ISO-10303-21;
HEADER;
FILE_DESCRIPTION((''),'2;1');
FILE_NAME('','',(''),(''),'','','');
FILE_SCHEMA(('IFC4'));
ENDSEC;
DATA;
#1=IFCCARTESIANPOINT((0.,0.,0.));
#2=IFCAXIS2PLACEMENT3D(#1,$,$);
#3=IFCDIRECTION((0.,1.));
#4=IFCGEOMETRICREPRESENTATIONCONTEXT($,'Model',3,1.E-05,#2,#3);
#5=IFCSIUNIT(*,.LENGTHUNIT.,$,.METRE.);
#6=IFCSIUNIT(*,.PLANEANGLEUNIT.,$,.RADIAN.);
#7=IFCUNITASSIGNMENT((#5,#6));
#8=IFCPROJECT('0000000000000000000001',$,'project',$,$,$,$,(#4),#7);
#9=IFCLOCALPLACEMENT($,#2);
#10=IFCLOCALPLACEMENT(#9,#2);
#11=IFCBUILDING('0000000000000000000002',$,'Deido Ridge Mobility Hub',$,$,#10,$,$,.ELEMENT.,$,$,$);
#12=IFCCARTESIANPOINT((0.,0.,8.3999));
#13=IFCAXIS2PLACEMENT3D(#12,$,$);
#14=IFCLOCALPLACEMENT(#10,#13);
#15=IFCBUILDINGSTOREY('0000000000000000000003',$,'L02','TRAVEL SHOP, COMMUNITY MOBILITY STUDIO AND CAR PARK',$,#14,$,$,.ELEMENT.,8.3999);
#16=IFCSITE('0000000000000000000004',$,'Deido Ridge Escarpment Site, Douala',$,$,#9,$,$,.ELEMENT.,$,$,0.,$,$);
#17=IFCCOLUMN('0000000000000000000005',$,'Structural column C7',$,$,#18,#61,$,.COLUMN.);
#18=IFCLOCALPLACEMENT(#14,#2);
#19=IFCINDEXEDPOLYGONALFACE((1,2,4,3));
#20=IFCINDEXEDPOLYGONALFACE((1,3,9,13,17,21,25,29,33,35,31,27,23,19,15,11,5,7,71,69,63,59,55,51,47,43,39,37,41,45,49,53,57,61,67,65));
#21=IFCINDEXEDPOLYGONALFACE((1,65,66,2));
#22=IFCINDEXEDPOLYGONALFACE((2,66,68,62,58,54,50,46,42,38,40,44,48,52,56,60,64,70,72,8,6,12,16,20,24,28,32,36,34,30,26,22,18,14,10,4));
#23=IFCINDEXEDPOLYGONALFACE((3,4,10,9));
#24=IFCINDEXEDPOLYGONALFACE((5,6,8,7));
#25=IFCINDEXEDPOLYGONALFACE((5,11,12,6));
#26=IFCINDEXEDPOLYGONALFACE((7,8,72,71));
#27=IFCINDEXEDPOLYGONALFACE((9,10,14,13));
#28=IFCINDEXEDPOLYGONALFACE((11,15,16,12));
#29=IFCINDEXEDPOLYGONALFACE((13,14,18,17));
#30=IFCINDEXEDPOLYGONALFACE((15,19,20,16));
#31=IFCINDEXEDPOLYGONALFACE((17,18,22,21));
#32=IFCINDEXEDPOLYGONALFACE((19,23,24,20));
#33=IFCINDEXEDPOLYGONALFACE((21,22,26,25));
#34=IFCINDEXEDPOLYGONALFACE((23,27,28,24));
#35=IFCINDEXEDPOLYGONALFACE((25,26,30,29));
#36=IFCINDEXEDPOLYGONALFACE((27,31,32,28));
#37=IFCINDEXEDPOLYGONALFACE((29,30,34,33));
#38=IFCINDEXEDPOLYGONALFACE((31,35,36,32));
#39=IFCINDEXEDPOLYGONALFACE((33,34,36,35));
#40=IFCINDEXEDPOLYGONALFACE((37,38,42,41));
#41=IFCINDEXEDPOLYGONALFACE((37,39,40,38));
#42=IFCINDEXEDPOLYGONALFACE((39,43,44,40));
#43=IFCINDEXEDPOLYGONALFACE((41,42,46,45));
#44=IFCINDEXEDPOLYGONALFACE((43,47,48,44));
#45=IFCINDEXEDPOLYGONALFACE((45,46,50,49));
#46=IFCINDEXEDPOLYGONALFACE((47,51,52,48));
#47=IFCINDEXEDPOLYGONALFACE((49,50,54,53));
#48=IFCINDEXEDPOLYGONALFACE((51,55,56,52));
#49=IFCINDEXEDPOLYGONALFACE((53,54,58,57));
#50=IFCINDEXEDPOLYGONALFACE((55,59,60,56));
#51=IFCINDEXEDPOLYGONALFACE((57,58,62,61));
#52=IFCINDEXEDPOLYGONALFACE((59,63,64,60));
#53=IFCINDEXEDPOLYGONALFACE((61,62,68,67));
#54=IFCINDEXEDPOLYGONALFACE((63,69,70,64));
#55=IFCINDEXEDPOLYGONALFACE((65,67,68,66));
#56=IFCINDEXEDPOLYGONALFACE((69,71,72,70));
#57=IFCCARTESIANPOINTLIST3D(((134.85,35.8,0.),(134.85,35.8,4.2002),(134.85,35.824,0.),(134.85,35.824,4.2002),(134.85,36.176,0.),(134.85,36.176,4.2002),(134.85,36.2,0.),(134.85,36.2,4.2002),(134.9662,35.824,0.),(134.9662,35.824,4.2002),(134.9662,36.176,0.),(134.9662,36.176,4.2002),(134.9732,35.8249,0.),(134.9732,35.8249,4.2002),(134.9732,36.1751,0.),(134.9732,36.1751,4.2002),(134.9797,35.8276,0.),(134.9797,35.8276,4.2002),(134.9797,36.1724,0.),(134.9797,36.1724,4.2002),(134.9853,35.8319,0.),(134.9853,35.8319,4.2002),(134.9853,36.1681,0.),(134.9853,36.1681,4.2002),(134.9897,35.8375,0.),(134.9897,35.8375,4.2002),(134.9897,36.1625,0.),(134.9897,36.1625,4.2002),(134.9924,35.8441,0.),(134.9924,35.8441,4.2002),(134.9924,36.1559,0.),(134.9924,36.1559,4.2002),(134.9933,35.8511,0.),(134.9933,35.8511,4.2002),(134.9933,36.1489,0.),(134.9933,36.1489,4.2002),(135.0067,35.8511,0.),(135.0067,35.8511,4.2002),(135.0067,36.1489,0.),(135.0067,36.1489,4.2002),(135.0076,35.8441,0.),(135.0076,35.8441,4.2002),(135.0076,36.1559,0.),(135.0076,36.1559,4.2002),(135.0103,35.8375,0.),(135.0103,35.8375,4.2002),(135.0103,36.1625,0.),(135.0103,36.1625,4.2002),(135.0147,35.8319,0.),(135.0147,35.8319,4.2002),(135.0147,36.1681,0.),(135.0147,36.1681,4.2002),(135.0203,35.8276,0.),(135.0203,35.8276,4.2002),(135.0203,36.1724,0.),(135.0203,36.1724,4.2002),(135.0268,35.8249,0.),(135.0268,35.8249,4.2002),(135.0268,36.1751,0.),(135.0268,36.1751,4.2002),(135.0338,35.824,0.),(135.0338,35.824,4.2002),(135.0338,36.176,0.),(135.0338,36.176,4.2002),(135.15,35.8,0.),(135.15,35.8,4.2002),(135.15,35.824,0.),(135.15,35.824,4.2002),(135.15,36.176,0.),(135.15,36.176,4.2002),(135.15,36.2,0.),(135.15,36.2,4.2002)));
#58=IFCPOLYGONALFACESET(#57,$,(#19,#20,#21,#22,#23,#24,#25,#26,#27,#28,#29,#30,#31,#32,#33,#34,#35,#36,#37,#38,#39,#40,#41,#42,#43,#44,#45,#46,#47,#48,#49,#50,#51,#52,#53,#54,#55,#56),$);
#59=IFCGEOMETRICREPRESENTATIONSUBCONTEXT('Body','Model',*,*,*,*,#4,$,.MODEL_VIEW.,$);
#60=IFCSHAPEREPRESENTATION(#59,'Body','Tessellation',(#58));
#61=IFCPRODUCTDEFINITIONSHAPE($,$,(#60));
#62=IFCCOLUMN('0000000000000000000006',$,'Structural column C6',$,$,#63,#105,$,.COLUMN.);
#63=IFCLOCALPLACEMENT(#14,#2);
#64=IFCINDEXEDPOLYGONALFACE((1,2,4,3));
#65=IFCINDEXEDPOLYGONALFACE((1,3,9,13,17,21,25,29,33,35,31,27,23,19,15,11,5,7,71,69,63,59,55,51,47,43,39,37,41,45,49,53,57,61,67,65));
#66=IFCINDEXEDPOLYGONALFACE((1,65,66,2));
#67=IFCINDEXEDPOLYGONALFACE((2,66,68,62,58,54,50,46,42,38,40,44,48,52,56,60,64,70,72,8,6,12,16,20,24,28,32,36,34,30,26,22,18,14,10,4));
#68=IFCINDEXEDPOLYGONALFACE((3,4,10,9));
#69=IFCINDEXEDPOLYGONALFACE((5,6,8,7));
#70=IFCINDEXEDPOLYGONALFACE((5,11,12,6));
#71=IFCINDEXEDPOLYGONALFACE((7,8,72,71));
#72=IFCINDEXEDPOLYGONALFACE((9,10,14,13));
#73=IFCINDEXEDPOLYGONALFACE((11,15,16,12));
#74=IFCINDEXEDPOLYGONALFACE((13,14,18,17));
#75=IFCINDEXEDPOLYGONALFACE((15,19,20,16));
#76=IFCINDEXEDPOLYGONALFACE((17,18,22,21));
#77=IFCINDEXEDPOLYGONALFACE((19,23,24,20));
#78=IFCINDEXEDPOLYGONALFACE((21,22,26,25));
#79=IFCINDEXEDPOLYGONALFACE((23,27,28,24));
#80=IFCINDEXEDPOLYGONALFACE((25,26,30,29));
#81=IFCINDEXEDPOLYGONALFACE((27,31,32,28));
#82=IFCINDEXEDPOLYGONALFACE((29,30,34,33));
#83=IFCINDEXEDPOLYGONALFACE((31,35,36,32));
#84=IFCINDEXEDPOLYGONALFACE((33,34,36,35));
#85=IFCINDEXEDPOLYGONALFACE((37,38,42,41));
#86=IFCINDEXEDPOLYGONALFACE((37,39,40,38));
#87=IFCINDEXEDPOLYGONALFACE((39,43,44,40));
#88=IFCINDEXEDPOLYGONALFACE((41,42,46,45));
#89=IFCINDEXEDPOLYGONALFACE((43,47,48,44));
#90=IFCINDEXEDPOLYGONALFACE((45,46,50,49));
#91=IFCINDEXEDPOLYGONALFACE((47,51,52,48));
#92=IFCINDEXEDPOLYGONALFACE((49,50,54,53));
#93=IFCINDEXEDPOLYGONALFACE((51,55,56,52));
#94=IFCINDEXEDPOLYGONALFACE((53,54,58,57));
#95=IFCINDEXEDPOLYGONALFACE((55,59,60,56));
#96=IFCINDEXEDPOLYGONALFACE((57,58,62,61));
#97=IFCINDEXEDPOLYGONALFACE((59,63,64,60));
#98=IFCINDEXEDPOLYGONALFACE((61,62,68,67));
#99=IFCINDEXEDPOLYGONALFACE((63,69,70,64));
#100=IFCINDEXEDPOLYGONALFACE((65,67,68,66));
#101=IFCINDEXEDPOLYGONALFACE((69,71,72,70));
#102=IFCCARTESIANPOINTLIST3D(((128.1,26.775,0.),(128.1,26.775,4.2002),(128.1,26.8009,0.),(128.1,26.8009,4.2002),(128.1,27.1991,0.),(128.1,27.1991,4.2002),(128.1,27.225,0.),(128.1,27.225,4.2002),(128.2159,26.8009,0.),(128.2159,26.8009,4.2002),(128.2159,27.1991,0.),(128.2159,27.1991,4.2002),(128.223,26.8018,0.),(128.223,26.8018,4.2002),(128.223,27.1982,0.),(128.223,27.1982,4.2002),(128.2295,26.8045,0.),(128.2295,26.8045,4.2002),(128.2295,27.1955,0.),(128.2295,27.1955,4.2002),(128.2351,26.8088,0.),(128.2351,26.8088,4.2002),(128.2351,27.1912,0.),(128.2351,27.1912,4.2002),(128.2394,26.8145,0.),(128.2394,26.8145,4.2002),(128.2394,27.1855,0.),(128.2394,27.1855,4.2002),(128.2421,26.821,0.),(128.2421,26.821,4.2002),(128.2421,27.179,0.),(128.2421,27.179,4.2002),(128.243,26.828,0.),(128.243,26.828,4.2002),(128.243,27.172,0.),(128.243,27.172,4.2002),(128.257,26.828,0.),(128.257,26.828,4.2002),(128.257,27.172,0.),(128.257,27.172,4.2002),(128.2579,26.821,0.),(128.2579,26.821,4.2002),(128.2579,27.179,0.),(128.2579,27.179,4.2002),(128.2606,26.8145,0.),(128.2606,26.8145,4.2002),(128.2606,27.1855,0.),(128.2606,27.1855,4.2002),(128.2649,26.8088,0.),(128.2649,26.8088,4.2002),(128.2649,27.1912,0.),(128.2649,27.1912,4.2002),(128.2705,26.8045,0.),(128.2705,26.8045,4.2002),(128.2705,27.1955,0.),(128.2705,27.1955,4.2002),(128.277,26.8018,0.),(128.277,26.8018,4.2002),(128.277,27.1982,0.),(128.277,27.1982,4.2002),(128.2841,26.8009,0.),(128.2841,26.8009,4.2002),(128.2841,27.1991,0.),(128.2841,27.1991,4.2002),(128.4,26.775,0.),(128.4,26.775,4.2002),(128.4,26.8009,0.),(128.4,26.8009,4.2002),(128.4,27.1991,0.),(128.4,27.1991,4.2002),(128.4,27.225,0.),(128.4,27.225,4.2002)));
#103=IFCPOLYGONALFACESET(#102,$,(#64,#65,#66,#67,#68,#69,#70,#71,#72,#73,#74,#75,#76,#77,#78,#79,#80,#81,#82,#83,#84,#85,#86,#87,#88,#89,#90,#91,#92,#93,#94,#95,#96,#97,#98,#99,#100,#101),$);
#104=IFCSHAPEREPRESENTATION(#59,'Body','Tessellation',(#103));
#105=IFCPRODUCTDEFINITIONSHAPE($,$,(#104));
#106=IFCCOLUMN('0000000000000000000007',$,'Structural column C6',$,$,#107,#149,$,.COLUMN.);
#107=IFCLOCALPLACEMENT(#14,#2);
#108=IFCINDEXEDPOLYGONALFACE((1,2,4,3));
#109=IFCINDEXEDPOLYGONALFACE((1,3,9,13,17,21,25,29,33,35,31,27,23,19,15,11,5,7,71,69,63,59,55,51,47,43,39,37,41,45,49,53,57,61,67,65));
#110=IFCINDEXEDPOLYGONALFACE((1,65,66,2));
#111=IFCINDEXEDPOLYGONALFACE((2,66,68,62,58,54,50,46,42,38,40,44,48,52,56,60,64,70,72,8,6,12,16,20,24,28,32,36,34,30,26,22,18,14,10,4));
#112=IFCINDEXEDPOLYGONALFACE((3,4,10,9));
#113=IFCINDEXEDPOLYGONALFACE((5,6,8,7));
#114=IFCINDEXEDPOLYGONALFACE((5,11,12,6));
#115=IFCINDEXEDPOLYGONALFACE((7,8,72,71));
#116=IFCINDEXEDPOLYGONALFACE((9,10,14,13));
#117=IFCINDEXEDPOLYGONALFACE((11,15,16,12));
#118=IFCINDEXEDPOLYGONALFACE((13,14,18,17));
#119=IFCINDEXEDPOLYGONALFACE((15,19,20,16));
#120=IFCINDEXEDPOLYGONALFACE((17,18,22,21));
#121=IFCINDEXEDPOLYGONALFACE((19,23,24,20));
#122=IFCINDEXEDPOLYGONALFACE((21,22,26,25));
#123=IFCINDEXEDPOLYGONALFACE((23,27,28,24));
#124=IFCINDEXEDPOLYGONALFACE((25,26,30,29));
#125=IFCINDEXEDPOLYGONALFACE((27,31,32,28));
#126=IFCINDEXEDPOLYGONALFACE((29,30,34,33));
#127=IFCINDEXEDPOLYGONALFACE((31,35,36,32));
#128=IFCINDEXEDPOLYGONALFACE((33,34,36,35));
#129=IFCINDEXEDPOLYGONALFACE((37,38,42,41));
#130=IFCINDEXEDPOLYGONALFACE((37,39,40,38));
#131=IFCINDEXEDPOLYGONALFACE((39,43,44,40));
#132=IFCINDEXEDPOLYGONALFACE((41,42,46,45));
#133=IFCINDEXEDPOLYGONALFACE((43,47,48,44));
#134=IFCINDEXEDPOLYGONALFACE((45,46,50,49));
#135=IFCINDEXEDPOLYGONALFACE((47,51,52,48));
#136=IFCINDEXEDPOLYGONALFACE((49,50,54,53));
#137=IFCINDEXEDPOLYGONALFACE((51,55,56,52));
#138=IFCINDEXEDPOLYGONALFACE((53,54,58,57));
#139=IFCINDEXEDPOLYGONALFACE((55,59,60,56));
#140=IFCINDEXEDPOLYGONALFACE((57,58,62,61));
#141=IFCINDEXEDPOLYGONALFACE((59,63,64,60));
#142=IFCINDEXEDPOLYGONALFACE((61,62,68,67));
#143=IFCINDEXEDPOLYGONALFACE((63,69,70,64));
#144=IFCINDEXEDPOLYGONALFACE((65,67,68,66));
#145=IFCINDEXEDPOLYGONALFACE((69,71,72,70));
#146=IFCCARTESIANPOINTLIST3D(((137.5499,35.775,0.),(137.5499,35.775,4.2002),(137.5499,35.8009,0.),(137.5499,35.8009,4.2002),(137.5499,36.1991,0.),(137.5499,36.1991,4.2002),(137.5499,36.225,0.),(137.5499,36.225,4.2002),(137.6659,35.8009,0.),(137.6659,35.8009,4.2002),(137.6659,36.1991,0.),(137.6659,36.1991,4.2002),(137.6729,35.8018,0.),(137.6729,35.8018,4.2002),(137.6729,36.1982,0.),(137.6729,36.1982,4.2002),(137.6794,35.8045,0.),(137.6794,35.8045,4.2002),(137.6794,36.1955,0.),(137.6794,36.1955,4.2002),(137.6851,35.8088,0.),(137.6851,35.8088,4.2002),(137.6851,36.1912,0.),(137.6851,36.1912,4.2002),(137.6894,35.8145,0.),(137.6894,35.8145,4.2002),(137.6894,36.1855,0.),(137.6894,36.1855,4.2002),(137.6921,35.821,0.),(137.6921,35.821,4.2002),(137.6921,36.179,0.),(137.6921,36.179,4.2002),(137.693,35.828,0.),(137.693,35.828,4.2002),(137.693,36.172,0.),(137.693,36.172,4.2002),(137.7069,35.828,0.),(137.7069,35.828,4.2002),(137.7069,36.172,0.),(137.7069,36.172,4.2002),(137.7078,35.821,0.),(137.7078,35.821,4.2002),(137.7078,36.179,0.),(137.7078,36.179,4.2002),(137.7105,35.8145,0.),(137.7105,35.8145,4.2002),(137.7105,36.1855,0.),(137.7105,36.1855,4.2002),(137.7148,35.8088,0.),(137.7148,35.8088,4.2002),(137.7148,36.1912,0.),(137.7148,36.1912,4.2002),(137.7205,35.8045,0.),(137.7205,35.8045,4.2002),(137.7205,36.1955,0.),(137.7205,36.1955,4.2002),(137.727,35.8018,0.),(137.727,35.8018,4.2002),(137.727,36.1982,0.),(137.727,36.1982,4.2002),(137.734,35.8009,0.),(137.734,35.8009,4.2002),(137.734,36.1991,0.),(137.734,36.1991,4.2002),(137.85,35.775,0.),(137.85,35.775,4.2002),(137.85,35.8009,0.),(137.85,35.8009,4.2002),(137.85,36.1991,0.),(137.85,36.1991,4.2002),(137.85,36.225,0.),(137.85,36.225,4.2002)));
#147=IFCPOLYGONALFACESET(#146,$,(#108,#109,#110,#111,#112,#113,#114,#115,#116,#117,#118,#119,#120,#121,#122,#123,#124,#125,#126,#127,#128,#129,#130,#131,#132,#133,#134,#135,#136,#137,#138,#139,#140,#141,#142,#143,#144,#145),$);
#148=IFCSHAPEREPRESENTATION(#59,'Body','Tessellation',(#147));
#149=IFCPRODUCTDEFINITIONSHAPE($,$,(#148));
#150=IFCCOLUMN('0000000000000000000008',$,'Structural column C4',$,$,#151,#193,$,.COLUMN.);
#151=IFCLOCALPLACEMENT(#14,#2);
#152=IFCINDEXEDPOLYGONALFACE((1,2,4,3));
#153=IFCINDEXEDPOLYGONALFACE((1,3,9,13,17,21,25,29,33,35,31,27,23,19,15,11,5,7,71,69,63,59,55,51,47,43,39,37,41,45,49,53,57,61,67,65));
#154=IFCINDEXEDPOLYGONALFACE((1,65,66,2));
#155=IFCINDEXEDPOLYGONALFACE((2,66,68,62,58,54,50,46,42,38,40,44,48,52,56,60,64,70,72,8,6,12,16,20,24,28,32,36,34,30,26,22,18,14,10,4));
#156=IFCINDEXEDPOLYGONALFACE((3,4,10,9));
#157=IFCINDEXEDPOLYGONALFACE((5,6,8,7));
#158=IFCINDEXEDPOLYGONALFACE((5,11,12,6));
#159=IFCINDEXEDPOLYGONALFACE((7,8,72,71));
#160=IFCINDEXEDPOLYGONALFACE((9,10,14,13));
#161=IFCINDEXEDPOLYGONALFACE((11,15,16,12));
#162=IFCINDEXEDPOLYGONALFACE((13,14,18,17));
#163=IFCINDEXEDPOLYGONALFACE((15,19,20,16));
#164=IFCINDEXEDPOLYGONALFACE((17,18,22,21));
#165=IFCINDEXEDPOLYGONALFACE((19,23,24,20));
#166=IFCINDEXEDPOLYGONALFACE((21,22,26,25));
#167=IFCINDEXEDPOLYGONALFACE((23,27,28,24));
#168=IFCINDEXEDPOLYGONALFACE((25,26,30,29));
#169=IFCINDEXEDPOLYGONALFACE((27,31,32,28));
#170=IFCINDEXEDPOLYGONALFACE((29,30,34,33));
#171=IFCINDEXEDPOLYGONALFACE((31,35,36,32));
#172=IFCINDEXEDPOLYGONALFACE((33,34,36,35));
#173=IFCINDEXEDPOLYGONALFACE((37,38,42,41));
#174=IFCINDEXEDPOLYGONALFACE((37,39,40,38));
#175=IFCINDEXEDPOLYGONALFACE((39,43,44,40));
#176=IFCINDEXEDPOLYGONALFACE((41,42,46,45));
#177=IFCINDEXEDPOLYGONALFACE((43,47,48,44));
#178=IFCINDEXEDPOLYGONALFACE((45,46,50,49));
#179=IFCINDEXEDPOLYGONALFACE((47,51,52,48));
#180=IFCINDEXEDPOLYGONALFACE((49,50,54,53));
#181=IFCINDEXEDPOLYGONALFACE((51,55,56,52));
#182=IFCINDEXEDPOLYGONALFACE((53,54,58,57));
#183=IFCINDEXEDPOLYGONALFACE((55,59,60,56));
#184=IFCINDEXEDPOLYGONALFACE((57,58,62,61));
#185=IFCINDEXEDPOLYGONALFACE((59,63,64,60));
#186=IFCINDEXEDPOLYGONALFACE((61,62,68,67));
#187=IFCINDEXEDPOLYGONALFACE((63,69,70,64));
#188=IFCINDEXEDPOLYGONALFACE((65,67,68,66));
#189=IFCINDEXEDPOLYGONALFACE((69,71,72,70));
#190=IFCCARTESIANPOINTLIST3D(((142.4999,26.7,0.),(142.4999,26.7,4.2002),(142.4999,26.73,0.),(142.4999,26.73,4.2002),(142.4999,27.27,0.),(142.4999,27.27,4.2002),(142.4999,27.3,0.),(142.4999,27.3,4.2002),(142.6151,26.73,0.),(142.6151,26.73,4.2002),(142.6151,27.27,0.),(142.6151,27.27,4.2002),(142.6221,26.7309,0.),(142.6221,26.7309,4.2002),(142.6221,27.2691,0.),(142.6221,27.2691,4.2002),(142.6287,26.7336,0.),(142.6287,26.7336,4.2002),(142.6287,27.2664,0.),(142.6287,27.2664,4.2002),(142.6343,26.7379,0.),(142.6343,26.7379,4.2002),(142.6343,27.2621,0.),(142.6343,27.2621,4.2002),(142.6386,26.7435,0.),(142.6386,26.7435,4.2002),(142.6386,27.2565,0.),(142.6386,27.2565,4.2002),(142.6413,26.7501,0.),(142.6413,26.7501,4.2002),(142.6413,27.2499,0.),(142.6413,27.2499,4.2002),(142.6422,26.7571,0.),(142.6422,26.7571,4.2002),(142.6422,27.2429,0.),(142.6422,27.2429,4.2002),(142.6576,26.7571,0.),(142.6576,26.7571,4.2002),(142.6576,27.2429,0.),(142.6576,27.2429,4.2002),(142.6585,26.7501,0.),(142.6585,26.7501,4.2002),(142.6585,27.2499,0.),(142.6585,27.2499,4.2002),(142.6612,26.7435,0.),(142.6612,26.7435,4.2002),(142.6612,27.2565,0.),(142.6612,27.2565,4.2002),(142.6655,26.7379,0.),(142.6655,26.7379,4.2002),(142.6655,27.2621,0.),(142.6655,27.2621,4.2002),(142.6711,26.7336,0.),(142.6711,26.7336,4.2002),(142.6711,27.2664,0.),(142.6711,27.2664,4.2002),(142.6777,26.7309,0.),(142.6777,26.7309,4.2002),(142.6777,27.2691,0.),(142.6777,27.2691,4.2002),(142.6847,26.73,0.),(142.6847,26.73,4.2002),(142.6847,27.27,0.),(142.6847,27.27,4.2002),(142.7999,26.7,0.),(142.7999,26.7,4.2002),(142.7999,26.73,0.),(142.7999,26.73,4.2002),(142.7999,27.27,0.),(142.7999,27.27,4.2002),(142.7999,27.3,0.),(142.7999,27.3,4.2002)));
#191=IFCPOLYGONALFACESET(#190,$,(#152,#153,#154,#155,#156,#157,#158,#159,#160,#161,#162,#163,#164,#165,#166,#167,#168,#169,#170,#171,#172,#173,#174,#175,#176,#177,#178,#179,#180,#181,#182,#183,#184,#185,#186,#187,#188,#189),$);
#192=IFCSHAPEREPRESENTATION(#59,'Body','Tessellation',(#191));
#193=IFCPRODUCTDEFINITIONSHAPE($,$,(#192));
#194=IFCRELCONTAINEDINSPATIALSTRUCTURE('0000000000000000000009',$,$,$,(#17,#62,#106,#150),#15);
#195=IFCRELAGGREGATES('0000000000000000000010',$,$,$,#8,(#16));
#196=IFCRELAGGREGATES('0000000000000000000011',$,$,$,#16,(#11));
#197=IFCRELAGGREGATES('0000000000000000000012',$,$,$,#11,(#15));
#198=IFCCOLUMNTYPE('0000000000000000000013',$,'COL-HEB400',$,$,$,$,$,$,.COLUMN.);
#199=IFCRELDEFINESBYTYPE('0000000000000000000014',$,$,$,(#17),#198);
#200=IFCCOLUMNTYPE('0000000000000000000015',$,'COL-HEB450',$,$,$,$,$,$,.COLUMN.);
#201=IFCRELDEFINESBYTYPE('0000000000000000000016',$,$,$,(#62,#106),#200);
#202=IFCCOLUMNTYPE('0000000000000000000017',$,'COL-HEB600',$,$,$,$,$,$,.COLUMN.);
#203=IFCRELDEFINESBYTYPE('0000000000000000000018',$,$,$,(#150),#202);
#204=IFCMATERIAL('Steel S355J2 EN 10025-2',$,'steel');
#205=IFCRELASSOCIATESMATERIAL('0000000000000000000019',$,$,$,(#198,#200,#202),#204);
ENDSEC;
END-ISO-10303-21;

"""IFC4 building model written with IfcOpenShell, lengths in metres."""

from ifc_helpers import new_model, si_unit, direction, frame, origin, origin_2d, place, context, subcontext, project, spatial, i_section, extrude, material, material_profile, profile_set, type_object, element, save


model = new_model("IFC4")

# Units and contexts
model_context = context("Model", 3, precision=1e-05, world=origin(), true_north=direction((0.0, 1.0)))
body_context = subcontext(model_context, "Body", "Model", "MODEL_VIEW")
ifc_project = project(units=[si_unit("LENGTHUNIT", "METRE"), si_unit("PLANEANGLEUNIT", "RADIAN")], contexts=[model_context])

# Site, building, storey
site_placement = place(None, origin())
site = spatial("IfcSite", under=ifc_project, at=site_placement, Name="Deido Ridge Escarpment Site, Douala", CompositionType="ELEMENT", RefElevation=0.0)
building_placement = place(site_placement, origin())
building = spatial("IfcBuilding", under=site, at=building_placement, Name="Deido Ridge Mobility Hub", CompositionType="ELEMENT")
storey_placement = place(building_placement, frame((0.0, 0.0, 8.3999)))
storey = spatial("IfcBuildingStorey", under=building, at=storey_placement, Name="L02", Description="TRAVEL SHOP, COMMUNITY MOBILITY STUDIO AND CAR PARK", CompositionType="ELEMENT", Elevation=8.3999)

# Columns
ifc_material_1 = material(Name="Steel S355J2 EN 10025-2", Category="steel")
ifc_material_profile_1 = material_profile(ifc_material_1, i_section(OverallWidth=0.3, OverallDepth=0.3999, WebThickness=0.0134, FlangeThickness=0.0239, FilletRadius=0.0271, at=origin_2d()), Name="HEB 400")
ifc_profile_set_1 = profile_set([ifc_material_profile_1], Name="Steel S355J2 EN 10025-2")
column_type_1 = type_object("IfcColumnType", Name="COL-HEB400", PredefinedType="COLUMN", material=ifc_profile_set_1)
for number, where, z_axis, x_axis, name in (
    (1, (135.0, 36.0, 0.0), (0.0, 0.0, 1.0), (1.0, 0.0, 0.0), "Structural column C7"),
):
    element("IfcColumn", number, at=place(storey_placement, frame(where, z_axis=z_axis, x_axis=x_axis)), inside=storey, type_object=column_type_1, Name=name, PredefinedType="COLUMN", context=body_context, shape_type="SweptSolid", body=[
        extrude(i_section(OverallWidth=0.3, OverallDepth=0.3999, WebThickness=0.0134, FlangeThickness=0.0239, FilletRadius=0.0271, at=origin_2d()), origin(), (0.0, 0.0, 1.0), 4.2002),
    ])
ifc_material_profile_2 = material_profile(ifc_material_1, i_section(OverallWidth=0.3, OverallDepth=0.45, WebThickness=0.0139, FlangeThickness=0.0259, FilletRadius=0.0271, at=origin_2d()), Name="HEB 450")
ifc_profile_set_2 = profile_set([ifc_material_profile_2], Name="Steel S355J2 EN 10025-2")
column_type_2 = type_object("IfcColumnType", Name="COL-HEB450", PredefinedType="COLUMN", material=ifc_profile_set_2)
for number, where, z_axis, x_axis, name in (
    (2, (128.25, 27.0, 0.0), (0.0, 0.0, 1.0), (1.0, 0.0, 0.0), "Structural column C6"),
    (3, (137.7, 36.0, 0.0), (0.0, 0.0, 1.0), (1.0, 0.0, 0.0), "Structural column C6"),
):
    element("IfcColumn", number, at=place(storey_placement, frame(where, z_axis=z_axis, x_axis=x_axis)), inside=storey, type_object=column_type_2, Name=name, PredefinedType="COLUMN", context=body_context, shape_type="SweptSolid", body=[
        extrude(i_section(OverallWidth=0.3, OverallDepth=0.45, WebThickness=0.0139, FlangeThickness=0.0259, FilletRadius=0.0271, at=origin_2d()), origin(), (0.0, 0.0, 1.0), 4.2002),
    ])
ifc_material_profile_3 = material_profile(ifc_material_1, i_section(OverallWidth=0.3, OverallDepth=0.6001, WebThickness=0.0154, FlangeThickness=0.03, FilletRadius=0.0271, at=origin_2d()), Name="HEB 600")
ifc_profile_set_3 = profile_set([ifc_material_profile_3], Name="Steel S355J2 EN 10025-2")
column_type_3 = type_object("IfcColumnType", Name="COL-HEB600", PredefinedType="COLUMN", material=ifc_profile_set_3)
column_1_placement = place(storey_placement, frame((142.6499, 27.0, 0.0), z_axis=(0.0, 0.0, 1.0), x_axis=(1.0, 0.0, 0.0)))
element("IfcColumn", 4, at=column_1_placement, inside=storey, type_object=column_type_3, Name="Structural column C4", PredefinedType="COLUMN", context=body_context, shape_type="SweptSolid", body=[
    extrude(i_section(OverallWidth=0.3, OverallDepth=0.6001, WebThickness=0.0154, FlangeThickness=0.03, FilletRadius=0.0271, at=origin_2d()), origin(), (0.0, 0.0, 1.0), 4.2002),
])

save(model, "model.ifc")
